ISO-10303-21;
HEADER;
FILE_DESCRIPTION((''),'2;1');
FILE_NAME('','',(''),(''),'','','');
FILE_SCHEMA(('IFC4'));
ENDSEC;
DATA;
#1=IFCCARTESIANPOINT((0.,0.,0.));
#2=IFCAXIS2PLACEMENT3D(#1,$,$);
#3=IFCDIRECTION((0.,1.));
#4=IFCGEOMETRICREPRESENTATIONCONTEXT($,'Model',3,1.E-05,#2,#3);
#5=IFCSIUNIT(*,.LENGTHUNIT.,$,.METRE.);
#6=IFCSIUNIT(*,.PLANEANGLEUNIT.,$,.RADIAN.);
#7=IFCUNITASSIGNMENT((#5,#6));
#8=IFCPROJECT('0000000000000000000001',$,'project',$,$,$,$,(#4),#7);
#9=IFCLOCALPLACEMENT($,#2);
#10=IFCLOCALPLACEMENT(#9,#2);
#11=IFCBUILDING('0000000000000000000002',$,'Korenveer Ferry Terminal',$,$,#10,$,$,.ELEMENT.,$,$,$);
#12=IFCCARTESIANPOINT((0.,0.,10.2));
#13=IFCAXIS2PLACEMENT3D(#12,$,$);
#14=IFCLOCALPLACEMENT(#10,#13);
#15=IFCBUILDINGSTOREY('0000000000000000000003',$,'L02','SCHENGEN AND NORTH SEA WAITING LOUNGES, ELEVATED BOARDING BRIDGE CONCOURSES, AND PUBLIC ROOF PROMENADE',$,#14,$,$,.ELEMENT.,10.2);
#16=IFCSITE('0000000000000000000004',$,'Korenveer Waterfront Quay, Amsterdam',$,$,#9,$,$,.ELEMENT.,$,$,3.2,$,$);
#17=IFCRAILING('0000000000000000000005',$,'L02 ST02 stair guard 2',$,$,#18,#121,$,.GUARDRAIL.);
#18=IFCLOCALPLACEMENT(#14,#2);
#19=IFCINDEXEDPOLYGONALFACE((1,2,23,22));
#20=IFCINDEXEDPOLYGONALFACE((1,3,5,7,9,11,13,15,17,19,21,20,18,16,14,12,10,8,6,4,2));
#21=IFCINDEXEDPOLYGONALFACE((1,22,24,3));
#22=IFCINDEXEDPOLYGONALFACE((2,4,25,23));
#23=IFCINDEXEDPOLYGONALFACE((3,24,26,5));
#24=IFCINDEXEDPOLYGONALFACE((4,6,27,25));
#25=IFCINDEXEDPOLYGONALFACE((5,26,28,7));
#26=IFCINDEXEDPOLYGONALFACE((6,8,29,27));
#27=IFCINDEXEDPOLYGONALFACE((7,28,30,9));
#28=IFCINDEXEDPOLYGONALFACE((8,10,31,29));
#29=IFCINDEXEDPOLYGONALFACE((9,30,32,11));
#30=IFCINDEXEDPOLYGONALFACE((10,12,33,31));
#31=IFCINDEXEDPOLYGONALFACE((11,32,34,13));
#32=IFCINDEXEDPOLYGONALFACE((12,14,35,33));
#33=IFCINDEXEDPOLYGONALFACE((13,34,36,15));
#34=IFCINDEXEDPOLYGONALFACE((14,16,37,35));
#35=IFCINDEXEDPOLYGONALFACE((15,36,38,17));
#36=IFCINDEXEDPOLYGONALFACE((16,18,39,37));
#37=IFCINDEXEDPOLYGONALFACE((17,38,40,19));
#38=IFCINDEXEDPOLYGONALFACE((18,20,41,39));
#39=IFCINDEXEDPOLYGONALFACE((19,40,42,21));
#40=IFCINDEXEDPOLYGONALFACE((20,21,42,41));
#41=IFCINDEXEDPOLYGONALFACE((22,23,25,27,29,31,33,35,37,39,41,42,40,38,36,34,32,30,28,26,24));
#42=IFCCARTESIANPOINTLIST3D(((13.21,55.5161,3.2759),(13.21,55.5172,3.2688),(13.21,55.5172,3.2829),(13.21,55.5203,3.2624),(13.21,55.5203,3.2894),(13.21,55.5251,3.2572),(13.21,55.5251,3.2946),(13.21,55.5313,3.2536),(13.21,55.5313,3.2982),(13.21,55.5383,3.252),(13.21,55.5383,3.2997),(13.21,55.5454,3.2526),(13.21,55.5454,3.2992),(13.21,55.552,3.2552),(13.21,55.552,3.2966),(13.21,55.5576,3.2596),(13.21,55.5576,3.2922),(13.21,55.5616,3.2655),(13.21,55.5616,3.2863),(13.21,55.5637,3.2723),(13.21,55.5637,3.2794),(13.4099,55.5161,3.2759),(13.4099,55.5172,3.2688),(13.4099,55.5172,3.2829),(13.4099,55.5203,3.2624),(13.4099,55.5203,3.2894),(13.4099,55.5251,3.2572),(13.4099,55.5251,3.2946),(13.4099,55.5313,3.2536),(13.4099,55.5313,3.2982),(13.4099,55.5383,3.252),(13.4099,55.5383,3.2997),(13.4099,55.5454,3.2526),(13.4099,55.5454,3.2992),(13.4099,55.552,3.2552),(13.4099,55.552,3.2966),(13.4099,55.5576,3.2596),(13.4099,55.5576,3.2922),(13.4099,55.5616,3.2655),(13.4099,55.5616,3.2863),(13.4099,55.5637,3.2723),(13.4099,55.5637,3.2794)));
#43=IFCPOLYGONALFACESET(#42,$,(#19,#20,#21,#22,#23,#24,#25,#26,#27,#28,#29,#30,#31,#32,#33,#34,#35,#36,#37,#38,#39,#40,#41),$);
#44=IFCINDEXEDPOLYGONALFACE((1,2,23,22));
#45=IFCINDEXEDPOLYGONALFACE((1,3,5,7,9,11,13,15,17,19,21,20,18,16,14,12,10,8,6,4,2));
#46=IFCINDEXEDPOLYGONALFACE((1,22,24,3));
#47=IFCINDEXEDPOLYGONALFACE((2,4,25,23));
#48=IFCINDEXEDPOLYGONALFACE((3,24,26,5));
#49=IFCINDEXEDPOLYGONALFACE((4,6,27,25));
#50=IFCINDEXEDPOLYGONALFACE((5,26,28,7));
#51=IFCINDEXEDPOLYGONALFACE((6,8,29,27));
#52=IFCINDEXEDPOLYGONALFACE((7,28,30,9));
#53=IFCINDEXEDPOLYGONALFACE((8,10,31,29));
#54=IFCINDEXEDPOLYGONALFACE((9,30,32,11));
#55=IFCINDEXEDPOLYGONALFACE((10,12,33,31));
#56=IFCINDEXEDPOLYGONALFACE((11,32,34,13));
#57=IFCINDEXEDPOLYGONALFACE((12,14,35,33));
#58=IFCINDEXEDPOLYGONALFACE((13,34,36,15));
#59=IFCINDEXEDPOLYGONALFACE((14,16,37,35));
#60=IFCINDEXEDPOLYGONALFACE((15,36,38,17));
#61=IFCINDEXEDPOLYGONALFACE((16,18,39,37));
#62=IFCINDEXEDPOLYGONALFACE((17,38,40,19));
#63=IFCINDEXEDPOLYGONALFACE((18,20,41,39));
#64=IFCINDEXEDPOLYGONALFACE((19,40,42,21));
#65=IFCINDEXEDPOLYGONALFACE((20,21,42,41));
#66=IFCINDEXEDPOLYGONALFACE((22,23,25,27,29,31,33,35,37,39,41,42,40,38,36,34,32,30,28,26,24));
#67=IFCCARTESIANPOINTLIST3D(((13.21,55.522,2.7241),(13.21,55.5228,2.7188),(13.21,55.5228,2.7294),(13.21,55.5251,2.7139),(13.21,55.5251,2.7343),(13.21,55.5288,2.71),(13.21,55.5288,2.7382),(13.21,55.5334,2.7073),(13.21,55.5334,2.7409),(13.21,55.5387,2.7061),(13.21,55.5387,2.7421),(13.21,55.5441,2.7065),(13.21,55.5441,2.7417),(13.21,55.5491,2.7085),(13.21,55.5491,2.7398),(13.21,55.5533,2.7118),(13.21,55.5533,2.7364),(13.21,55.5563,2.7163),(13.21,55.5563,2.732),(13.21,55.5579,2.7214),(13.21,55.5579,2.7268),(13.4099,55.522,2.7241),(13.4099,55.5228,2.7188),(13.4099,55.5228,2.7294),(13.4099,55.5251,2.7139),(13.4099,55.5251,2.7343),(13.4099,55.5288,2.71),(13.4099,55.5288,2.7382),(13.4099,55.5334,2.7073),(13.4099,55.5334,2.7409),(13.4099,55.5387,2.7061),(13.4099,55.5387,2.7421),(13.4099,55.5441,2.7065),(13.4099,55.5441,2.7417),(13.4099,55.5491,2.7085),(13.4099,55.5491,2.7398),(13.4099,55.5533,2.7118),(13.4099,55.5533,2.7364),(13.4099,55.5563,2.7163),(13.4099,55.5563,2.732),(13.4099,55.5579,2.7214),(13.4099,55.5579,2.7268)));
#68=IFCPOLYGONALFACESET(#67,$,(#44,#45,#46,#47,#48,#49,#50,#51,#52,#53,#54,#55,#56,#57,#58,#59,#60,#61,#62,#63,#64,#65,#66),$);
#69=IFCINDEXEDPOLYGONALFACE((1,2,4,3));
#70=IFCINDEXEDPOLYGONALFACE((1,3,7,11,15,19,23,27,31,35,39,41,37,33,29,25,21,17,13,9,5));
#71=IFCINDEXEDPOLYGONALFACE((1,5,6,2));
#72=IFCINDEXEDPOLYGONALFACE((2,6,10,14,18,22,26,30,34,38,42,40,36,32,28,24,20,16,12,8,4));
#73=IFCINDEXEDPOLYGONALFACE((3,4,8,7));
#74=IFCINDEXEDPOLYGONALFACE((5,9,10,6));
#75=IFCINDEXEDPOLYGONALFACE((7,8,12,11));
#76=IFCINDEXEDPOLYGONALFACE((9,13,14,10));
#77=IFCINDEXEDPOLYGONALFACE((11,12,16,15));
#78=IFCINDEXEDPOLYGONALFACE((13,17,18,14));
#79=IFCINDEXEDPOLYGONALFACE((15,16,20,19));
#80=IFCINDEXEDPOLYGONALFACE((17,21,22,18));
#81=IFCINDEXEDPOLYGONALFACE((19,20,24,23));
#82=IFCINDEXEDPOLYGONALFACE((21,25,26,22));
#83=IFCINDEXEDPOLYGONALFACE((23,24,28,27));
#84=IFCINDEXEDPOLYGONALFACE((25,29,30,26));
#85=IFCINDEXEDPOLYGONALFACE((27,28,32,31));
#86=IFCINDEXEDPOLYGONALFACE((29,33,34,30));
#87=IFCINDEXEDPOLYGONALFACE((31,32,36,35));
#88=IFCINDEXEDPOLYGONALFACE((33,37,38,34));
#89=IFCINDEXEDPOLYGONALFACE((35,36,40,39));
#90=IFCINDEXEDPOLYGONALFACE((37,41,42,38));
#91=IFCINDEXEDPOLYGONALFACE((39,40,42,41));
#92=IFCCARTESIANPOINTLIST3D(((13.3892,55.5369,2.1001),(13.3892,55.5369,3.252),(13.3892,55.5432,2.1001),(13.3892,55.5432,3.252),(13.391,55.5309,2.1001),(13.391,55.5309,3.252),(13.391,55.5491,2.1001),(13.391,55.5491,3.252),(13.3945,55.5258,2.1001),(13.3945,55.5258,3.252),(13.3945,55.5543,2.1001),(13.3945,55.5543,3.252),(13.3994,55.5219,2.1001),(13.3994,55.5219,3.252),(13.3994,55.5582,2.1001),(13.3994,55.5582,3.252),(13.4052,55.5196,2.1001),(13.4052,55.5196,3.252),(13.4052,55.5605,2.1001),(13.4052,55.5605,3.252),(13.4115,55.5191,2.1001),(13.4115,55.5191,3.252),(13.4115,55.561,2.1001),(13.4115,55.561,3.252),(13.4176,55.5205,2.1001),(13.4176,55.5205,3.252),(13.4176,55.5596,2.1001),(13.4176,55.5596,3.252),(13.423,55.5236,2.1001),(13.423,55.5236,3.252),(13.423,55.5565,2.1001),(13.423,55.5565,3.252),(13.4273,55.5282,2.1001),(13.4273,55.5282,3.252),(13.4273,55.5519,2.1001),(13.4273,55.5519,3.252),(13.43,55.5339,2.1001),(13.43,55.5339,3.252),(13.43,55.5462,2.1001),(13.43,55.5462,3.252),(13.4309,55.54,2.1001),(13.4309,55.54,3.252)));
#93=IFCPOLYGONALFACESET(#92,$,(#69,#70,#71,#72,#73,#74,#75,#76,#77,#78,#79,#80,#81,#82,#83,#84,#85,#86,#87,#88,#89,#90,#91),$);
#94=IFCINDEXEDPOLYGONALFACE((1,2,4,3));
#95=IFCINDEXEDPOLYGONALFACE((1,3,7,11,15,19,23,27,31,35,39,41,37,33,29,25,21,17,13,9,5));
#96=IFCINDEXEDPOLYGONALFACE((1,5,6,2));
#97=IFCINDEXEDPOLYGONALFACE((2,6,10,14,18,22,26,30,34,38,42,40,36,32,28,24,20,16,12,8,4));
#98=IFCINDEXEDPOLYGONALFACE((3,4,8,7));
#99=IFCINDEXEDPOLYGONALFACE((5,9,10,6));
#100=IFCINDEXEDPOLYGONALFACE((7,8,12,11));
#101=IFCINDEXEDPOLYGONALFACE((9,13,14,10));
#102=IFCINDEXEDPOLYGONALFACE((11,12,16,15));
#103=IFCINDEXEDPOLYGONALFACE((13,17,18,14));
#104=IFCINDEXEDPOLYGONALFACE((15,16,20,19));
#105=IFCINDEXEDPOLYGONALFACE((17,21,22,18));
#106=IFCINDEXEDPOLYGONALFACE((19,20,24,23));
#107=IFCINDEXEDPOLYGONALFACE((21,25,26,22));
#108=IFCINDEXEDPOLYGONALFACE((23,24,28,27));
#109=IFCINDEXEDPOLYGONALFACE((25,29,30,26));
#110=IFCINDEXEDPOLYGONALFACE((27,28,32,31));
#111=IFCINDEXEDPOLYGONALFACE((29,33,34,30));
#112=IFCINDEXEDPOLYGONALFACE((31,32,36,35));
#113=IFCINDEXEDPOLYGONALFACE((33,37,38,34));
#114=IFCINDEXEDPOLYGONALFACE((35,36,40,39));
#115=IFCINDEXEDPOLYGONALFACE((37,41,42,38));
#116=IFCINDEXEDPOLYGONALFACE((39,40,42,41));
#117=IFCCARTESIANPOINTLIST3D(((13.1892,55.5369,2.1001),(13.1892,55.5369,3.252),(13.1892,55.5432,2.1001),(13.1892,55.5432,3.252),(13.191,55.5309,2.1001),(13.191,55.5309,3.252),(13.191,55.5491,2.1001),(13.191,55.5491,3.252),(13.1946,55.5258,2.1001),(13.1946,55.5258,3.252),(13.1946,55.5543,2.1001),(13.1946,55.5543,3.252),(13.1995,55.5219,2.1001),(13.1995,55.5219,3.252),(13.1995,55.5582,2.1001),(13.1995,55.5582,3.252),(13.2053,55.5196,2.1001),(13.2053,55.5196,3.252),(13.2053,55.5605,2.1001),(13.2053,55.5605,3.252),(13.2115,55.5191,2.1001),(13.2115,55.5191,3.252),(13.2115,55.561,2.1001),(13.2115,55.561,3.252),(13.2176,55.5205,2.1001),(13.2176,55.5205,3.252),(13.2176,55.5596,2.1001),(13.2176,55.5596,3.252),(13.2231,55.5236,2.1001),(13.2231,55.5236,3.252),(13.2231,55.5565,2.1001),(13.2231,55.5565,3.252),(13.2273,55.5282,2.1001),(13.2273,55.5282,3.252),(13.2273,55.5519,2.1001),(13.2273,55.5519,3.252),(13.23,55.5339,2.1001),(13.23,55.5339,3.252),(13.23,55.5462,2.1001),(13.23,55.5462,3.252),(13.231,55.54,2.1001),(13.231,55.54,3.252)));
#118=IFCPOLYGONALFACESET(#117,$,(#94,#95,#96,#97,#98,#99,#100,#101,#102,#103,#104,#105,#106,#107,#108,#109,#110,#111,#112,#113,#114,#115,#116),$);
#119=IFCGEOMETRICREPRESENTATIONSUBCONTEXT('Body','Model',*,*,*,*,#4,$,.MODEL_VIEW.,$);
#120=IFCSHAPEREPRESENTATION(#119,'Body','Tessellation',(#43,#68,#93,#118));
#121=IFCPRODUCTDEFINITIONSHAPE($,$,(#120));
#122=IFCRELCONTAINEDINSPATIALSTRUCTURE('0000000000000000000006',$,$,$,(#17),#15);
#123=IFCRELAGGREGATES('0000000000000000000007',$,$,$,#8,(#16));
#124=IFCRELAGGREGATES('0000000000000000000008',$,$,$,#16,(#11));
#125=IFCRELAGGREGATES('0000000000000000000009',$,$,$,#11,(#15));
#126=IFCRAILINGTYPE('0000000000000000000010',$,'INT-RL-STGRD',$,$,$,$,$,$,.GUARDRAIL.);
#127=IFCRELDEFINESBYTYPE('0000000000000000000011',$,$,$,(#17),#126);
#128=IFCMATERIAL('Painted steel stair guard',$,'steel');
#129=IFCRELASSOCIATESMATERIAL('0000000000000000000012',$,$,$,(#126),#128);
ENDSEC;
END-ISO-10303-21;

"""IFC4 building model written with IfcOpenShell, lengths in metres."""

from ifc_helpers import new_model, si_unit, direction, frame, origin, origin_2d, place, context, subcontext, project, spatial, circle, extrude, material, type_object, element, save


model = new_model("IFC4")

# Units and contexts
model_context = context("Model", 3, precision=1e-05, world=origin(), true_north=direction((0.0, 1.0)))
body_context = subcontext(model_context, "Body", "Model", "MODEL_VIEW")
ifc_project = project(units=[si_unit("LENGTHUNIT", "METRE"), si_unit("PLANEANGLEUNIT", "RADIAN")], contexts=[model_context])

# Site, building, storey
site_placement = place(None, origin())
site = spatial("IfcSite", under=ifc_project, at=site_placement, Name="Korenveer Waterfront Quay, Amsterdam", CompositionType="ELEMENT", RefElevation=3.2)
building_placement = place(site_placement, origin())
building = spatial("IfcBuilding", under=site, at=building_placement, Name="Korenveer Ferry Terminal", CompositionType="ELEMENT")
storey_placement = place(building_placement, frame((0.0, 0.0, 10.2)))
storey = spatial("IfcBuildingStorey", under=building, at=storey_placement, Name="L02", Description="SCHENGEN AND NORTH SEA WAITING LOUNGES, ELEVATED BOARDING BRIDGE CONCOURSES, AND PUBLIC ROOF PROMENADE", CompositionType="ELEMENT", Elevation=10.2)

# Railing
ifc_material_1 = material(Name="Painted steel stair guard", Category="steel")
railing_type_1 = type_object("IfcRailingType", Name="INT-RL-STGRD", PredefinedType="GUARDRAIL", material=ifc_material_1)
railing_1_placement = place(storey_placement, frame((13.4099, 55.54, 2.1001)))
element("IfcRailing", 1, at=railing_1_placement, inside=storey, type_object=railing_type_1, Name="L02 ST02 stair guard 2", PredefinedType="GUARDRAIL", context=body_context, shape_type="SweptSolid", body=[
    extrude(circle(Radius=0.0239, at=origin_2d()), frame((0.0, 0.0, 1.1758), z_axis=(-1.0, 0.0, 0.0), x_axis=(0.0, -1.0, 0.0)), (0.0, 0.0, 1.0), 0.2),
    extrude(circle(Radius=0.0181, at=origin_2d()), frame((0.0, 0.0, 0.624), z_axis=(-1.0, 0.0, 0.0), x_axis=(0.0, -1.0, 0.0)), (0.0, 0.0, 1.0), 0.2),
    extrude(circle(Radius=0.021, at=origin_2d()), origin(), (0.0, 0.0, 1.0), 1.1519),
    extrude(circle(Radius=0.021, at=origin_2d()), frame((-0.2, 0.0, 0.0)), (0.0, 0.0, 1.0), 1.1519),
])

save(model, "model.ifc")
